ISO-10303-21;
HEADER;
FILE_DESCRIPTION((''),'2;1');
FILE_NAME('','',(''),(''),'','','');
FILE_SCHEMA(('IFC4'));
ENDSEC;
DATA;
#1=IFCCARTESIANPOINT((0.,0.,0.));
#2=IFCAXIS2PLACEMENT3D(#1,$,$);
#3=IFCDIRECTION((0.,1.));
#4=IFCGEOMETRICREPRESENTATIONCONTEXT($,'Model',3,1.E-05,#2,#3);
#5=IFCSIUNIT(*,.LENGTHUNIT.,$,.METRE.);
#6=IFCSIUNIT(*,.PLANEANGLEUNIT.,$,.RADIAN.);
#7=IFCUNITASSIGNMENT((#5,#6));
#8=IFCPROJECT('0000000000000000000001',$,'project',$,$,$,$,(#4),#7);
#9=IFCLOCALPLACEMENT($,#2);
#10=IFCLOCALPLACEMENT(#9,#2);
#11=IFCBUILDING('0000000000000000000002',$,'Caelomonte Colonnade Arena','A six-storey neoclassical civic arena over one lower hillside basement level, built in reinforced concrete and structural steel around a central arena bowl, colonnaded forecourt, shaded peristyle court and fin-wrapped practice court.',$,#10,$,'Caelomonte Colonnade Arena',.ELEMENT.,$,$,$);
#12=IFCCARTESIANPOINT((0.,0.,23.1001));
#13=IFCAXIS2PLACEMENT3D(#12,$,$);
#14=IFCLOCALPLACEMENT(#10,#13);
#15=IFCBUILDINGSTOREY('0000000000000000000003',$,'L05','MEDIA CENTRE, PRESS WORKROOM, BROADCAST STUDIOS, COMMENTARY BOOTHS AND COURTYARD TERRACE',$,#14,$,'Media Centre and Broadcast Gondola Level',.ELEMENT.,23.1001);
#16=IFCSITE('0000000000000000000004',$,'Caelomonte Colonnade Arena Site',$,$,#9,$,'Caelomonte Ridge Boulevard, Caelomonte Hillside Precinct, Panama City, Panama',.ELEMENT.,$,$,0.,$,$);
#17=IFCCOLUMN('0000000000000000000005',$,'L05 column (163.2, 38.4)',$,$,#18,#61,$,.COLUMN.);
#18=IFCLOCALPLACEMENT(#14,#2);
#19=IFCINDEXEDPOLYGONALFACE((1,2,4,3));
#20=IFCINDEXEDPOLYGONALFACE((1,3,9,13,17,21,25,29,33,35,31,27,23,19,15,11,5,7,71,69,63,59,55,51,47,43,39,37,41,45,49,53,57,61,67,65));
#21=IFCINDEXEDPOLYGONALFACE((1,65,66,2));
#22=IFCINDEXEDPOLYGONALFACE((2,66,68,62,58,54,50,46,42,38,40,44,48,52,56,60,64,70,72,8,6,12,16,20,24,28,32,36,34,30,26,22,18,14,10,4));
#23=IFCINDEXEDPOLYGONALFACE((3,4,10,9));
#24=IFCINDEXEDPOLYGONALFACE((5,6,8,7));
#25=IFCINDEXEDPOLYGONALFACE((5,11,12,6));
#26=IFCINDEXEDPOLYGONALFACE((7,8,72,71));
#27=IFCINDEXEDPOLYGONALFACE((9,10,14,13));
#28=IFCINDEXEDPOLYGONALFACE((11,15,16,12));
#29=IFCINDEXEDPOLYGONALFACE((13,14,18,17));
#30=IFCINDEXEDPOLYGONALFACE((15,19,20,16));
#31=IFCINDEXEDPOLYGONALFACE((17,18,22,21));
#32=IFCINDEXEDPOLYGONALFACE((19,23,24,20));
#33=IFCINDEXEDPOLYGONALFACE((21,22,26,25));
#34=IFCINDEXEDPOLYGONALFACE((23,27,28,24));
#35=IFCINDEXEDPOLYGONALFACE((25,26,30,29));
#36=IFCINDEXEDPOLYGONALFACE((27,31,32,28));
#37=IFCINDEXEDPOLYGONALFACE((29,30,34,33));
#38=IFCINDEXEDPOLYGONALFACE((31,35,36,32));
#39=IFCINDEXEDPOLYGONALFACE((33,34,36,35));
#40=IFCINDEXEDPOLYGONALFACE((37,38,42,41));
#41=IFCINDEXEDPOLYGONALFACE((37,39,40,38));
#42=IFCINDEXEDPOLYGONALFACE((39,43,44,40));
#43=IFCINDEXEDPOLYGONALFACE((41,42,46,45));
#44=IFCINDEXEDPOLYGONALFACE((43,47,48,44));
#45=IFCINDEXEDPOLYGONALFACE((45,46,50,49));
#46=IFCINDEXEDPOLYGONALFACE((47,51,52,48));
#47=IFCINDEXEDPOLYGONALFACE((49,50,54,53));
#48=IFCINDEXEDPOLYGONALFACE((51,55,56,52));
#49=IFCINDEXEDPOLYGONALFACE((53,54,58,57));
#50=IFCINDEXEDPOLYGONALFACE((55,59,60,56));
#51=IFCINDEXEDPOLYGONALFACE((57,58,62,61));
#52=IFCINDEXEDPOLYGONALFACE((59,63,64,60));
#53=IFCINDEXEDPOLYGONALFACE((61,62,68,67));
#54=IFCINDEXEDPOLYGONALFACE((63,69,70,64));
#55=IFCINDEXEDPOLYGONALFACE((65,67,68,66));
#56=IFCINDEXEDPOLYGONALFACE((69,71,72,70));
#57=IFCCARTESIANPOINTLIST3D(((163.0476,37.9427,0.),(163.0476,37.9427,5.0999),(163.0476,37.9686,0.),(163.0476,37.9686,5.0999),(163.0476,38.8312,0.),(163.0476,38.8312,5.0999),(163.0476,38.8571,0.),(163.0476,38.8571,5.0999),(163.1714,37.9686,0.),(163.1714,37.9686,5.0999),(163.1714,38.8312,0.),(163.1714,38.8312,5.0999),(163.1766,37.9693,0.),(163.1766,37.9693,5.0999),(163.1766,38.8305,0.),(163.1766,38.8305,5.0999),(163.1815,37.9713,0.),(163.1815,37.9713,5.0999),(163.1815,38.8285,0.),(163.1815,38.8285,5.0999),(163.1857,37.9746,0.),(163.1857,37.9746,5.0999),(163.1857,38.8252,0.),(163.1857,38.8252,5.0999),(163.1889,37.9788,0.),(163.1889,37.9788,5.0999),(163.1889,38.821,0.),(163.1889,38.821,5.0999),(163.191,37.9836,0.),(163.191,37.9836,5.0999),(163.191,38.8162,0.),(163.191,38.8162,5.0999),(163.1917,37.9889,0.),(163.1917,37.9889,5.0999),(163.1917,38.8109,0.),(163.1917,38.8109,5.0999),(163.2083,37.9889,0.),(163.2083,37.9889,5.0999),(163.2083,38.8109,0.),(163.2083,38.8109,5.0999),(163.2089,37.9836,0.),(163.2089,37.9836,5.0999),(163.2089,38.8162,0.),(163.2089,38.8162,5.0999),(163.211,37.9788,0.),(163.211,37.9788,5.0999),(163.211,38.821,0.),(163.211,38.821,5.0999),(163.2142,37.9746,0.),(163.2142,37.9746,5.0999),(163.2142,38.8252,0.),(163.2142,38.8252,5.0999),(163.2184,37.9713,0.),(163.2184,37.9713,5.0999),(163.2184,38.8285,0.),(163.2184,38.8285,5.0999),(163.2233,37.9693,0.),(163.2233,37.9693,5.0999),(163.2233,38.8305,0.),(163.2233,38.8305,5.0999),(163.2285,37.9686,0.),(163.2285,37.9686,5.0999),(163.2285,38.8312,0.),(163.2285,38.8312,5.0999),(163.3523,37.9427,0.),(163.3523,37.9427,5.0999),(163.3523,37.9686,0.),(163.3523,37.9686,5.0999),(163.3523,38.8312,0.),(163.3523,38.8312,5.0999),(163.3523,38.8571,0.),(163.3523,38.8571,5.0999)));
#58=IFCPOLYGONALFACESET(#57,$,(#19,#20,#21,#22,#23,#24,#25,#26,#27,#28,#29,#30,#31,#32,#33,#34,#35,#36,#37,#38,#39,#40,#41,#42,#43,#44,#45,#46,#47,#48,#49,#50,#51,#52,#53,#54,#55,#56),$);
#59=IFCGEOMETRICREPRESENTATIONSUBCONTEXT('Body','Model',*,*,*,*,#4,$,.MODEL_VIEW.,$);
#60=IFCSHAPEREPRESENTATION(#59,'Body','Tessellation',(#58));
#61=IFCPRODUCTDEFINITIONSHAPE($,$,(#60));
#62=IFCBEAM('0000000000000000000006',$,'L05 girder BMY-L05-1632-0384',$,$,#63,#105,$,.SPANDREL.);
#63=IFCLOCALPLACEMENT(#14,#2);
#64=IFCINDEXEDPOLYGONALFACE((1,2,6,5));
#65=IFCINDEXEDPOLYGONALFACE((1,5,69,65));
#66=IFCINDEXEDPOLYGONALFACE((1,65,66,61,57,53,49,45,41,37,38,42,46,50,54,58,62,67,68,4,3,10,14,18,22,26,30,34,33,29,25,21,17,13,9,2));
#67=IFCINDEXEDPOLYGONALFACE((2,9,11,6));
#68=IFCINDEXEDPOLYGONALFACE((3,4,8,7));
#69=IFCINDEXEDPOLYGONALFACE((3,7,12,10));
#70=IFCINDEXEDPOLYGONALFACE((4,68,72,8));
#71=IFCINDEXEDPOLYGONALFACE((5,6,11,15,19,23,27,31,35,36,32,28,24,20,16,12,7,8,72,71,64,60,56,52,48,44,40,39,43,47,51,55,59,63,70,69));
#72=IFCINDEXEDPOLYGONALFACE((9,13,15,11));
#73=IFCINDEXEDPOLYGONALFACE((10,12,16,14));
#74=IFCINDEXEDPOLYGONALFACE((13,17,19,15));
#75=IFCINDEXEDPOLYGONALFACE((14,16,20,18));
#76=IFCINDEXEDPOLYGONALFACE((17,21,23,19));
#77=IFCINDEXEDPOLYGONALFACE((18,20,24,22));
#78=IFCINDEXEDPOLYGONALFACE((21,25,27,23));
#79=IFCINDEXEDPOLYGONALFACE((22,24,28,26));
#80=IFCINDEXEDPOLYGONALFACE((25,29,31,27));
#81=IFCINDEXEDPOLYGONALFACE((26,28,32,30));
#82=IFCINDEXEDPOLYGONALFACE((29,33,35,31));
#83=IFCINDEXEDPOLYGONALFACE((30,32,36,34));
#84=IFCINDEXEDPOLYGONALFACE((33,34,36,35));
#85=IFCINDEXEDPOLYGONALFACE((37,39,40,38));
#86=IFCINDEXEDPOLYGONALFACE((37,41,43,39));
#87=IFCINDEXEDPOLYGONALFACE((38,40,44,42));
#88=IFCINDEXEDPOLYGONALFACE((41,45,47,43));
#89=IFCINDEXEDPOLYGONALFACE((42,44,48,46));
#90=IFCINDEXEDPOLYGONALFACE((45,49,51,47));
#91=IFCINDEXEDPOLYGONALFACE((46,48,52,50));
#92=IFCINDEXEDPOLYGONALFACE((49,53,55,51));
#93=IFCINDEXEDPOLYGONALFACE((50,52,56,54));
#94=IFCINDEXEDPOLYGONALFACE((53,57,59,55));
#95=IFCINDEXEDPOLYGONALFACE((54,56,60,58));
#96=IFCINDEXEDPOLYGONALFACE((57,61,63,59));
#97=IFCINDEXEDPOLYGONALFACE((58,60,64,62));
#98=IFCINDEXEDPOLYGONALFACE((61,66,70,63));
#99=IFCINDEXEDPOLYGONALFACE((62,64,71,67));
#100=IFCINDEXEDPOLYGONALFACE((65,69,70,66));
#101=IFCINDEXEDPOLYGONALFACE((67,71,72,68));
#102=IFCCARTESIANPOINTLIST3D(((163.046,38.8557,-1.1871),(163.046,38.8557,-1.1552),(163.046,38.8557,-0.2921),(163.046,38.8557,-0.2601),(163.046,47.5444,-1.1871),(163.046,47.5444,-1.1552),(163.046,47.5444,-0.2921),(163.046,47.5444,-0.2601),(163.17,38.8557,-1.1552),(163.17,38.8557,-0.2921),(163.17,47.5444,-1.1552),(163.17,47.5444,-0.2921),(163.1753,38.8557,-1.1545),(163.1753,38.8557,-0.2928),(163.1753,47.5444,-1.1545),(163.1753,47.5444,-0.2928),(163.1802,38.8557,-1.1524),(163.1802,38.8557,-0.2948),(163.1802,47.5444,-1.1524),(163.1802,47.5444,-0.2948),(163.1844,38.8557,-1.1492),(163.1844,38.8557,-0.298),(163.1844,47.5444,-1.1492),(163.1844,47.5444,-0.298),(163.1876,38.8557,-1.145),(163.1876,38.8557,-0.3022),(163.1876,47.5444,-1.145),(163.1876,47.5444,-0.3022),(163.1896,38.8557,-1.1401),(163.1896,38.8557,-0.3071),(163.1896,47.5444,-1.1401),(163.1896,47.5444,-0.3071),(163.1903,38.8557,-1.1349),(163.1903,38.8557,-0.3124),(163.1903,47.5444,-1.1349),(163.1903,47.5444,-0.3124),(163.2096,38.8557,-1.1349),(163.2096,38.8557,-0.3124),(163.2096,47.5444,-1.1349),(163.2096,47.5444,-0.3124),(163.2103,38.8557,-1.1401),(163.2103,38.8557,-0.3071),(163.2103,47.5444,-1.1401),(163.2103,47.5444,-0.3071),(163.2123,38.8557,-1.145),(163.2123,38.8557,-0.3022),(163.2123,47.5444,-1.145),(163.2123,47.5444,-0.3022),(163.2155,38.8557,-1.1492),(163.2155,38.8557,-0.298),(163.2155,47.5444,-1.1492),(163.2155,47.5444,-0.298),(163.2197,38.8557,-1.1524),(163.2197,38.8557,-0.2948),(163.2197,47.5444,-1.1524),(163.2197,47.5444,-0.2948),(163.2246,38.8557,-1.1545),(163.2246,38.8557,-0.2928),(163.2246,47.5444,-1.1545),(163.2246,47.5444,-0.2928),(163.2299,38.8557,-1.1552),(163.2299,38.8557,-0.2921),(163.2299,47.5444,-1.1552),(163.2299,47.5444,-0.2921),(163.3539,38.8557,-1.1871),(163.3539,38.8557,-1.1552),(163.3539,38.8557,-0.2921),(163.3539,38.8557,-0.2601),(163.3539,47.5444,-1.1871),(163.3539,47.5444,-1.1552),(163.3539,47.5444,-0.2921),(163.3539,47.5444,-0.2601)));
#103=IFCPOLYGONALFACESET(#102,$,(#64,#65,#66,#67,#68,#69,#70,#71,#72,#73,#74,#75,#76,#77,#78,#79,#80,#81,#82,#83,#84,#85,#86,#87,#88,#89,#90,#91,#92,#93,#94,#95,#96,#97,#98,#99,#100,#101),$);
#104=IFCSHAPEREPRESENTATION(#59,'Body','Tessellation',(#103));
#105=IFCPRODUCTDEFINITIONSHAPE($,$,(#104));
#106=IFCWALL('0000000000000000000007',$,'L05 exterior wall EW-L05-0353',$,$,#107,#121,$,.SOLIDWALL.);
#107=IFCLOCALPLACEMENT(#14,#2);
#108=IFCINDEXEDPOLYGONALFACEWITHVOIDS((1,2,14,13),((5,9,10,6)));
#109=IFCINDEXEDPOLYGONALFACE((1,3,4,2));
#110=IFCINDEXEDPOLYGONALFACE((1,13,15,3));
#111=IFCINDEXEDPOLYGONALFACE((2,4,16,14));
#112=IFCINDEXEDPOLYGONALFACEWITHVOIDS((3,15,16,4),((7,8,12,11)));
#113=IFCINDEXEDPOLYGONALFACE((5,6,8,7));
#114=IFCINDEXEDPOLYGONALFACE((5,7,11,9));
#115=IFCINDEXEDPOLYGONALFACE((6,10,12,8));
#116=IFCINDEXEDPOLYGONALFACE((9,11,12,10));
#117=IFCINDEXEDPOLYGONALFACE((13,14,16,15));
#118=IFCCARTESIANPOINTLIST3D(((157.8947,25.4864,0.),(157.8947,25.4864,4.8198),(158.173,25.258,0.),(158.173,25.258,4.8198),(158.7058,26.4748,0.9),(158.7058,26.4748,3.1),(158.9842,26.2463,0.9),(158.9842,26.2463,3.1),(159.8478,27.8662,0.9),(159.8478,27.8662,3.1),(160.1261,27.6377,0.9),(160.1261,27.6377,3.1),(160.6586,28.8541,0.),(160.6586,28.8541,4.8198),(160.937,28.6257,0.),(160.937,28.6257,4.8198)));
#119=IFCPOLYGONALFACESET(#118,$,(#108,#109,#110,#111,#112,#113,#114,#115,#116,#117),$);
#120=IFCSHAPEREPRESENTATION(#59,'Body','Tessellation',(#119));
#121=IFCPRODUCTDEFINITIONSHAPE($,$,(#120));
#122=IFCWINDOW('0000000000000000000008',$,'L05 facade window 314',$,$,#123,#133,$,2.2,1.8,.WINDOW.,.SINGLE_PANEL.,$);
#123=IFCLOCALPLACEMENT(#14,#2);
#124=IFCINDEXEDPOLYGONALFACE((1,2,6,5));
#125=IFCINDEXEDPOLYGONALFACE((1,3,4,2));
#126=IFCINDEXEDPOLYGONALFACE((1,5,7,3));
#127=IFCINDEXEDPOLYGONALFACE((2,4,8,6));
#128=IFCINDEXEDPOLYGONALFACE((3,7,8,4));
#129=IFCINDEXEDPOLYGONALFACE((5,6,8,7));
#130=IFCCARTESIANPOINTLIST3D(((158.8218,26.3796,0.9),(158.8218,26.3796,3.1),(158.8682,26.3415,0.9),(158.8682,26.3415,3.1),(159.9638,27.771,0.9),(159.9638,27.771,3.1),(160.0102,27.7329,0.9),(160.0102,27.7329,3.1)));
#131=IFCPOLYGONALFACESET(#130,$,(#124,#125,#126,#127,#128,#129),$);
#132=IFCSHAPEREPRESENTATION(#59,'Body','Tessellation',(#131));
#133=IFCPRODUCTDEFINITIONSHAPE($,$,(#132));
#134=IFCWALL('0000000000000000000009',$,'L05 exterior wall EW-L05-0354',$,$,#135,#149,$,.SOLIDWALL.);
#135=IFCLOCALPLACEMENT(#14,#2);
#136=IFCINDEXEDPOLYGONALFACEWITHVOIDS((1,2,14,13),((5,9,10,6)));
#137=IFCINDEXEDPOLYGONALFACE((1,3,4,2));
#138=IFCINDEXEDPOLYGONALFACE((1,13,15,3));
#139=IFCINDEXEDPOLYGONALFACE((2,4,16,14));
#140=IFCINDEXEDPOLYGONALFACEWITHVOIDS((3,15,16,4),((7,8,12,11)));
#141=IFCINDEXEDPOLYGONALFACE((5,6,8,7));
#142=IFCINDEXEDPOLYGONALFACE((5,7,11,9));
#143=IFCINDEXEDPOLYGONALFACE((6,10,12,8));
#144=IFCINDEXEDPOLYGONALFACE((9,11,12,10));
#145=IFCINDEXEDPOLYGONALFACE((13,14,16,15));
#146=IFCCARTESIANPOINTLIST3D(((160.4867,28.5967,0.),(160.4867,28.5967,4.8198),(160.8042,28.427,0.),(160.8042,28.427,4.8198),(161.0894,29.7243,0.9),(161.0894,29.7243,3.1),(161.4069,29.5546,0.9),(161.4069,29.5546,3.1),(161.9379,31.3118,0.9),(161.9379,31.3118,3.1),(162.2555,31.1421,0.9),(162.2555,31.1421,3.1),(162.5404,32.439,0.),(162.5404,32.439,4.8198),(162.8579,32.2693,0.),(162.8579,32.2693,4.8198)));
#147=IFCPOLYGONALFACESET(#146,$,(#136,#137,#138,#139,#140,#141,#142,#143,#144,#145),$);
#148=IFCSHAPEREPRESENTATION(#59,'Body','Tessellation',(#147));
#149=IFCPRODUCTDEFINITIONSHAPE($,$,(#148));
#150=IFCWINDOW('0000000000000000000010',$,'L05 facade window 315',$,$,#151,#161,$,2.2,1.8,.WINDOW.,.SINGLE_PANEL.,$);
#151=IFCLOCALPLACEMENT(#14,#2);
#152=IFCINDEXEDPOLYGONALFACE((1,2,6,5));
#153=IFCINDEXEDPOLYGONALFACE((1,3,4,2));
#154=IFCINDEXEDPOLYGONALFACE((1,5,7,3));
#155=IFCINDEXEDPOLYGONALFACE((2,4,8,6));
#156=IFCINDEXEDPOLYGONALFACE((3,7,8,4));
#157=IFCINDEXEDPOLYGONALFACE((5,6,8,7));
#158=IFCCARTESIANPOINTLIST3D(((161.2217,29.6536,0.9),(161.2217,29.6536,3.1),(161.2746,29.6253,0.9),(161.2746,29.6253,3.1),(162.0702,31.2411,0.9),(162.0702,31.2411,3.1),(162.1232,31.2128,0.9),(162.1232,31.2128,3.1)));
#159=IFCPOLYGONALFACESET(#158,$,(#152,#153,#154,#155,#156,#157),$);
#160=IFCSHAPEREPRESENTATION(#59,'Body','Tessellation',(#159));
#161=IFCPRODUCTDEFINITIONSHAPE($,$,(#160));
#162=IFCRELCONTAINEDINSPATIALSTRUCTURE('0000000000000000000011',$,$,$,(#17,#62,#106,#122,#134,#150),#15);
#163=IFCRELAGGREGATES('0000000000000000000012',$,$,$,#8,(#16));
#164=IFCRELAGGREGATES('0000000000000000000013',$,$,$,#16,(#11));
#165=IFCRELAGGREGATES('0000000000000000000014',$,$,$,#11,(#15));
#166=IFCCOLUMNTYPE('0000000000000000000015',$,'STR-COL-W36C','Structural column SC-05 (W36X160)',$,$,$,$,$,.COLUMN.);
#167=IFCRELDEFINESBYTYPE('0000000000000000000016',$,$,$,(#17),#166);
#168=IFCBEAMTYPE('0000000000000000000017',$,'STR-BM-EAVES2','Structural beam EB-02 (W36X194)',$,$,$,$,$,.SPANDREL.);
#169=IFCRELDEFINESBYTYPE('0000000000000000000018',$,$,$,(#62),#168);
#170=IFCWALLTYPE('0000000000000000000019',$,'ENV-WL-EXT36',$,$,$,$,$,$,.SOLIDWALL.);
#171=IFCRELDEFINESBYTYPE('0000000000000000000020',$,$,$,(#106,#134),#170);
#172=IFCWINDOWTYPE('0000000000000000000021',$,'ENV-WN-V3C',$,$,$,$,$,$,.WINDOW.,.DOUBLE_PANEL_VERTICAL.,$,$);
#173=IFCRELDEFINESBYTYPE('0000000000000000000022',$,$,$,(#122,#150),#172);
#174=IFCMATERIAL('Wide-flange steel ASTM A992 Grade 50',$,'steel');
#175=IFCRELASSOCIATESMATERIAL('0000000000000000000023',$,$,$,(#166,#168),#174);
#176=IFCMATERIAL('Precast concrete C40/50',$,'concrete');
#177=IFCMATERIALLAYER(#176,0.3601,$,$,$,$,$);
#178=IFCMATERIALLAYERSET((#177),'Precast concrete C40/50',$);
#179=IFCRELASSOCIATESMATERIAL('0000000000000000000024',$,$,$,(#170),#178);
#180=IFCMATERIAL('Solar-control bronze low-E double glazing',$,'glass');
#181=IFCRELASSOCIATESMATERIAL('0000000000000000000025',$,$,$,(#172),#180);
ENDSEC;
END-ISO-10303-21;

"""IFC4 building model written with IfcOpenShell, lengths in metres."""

from ifc_helpers import new_model, si_unit, direction, frame, frame_2d, origin, origin_2d, place, context, subcontext, project, spatial, rectangle, i_section, extrude, material, layer, layer_set, material_profile, profile_set, type_object, element, fill, save


model = new_model("IFC4")

# Units and contexts
model_context = context("Model", 3, precision=1e-05, world=origin(), true_north=direction((0.0, 1.0)))
body_context = subcontext(model_context, "Body", "Model", "MODEL_VIEW")
ifc_project = project(units=[si_unit("LENGTHUNIT", "METRE"), si_unit("PLANEANGLEUNIT", "RADIAN")], contexts=[model_context])

# Site, building, storey
site_placement = place(None, origin())
site = spatial("IfcSite", under=ifc_project, at=site_placement, Name="Caelomonte Colonnade Arena Site", LongName="Caelomonte Ridge Boulevard, Caelomonte Hillside Precinct, Panama City, Panama", CompositionType="ELEMENT", RefElevation=0.0)
building_placement = place(site_placement, origin())
building = spatial("IfcBuilding", under=site, at=building_placement, Name="Caelomonte Colonnade Arena", Description="A six-storey neoclassical civic arena over one lower hillside basement level, built in reinforced concrete and structural steel around a central arena bowl, colonnaded forecourt, shaded peristyle court and fin-wrapped practice court.", LongName="Caelomonte Colonnade Arena", CompositionType="ELEMENT")
storey_placement = place(building_placement, frame((0.0, 0.0, 23.1001)))
storey = spatial("IfcBuildingStorey", under=building, at=storey_placement, Name="L05", Description="MEDIA CENTRE, PRESS WORKROOM, BROADCAST STUDIOS, COMMENTARY BOOTHS AND COURTYARD TERRACE", LongName="Media Centre and Broadcast Gondola Level", CompositionType="ELEMENT", Elevation=23.1001)

# Column
ifc_material_1 = material(Name="Wide-flange steel ASTM A992 Grade 50", Category="steel")
ifc_material_profile_1 = material_profile(ifc_material_1, i_section(OverallWidth=0.3047, OverallDepth=0.9143, WebThickness=0.0166, FlangeThickness=0.0259, FilletRadius=0.0203, at=origin_2d()), Name="W36X160")
ifc_profile_set_1 = profile_set([ifc_material_profile_1], Name="Wide-flange steel ASTM A992 Grade 50")
column_type = type_object("IfcColumnType", Name="STR-COL-W36C", Description="Structural column SC-05 (W36X160)", PredefinedType="COLUMN", material=ifc_profile_set_1)
column_placement = place(storey_placement, frame((163.2, 38.3999, 0.0), z_axis=(0.0, 0.0, 1.0), x_axis=(1.0, 0.0, 0.0)))
element("IfcColumn", 1, at=column_placement, inside=storey, type_object=column_type, Name="L05 column (163.2, 38.4)", PredefinedType="COLUMN", context=body_context, shape_type="SweptSolid", body=[
    extrude(i_section(OverallWidth=0.3047, OverallDepth=0.9143, WebThickness=0.0166, FlangeThickness=0.0259, FilletRadius=0.0203, at=origin_2d()), origin(), (0.0, 0.0, 1.0), 5.0999),
])

# Beam
ifc_material_profile_2 = material_profile(ifc_material_1, i_section(OverallWidth=0.3079, OverallDepth=0.927, WebThickness=0.0193, FlangeThickness=0.032, FilletRadius=0.0203, at=origin_2d()), Name="W36X194")
ifc_profile_set_2 = profile_set([ifc_material_profile_2], Name="Wide-flange steel ASTM A992 Grade 50")
beam_type = type_object("IfcBeamType", Name="STR-BM-EAVES2", Description="Structural beam EB-02 (W36X194)", PredefinedType="SPANDREL", material=ifc_profile_set_2)
beam_placement = place(storey_placement, frame((163.2, 38.8557, -0.7236), z_axis=(0.0, 1.0, 0.0), x_axis=(-1.0, 0.0, 0.0)))
element("IfcBeam", 2, at=beam_placement, inside=storey, type_object=beam_type, Name="L05 girder BMY-L05-1632-0384", PredefinedType="SPANDREL", context=body_context, shape_type="SweptSolid", body=[
    extrude(i_section(OverallWidth=0.3079, OverallDepth=0.927, WebThickness=0.0193, FlangeThickness=0.032, FilletRadius=0.0203, at=origin_2d()), origin(), (0.0, 0.0, 1.0), 8.6887),
])

# Walls, openings, windows
ifc_material_2 = material(Name="Precast concrete C40/50", Category="concrete")
ifc_layer_1 = layer(ifc_material_2, 0.3601)
ifc_layer_set_1 = layer_set([ifc_layer_1], Name="Precast concrete C40/50")
wall_type_1 = type_object("IfcWallType", Name="ENV-WL-EXT36", PredefinedType="SOLIDWALL", material=ifc_layer_set_1)
wall_1_placement = place(storey_placement, frame((158.0339, 25.3723, 0.0), z_axis=(0.0, 0.0, 1.0), x_axis=(0.634412, 0.772995, 0.0)))
wall_1 = element("IfcWall", 3, at=wall_1_placement, inside=storey, type_object=wall_type_1, Name="L05 exterior wall EW-L05-0353", PredefinedType="SOLIDWALL", context=body_context, shape_type="SweptSolid", body=[
    extrude(rectangle(XDim=4.3567, YDim=0.3601, at=frame_2d((2.1782, 0.0))), origin(), (0.0, 0.0, 1.0), 4.8198),
])
opening_1_placement = place(wall_1_placement, frame((3.0784, 0.0, 0.8999), z_axis=(0.0, 0.0, 1.0), x_axis=(-1.0, 0.0, 0.0)))
opening_1 = element("IfcOpeningElement", 4, at=opening_1_placement, cuts=wall_1, PredefinedType="OPENING", context=body_context, shape_type="SweptSolid", body=[
    extrude(rectangle(XDim=1.8, YDim=2.2, at=frame_2d((0.8999, 1.1001))), frame((0.0, 0.1899, 0.0), z_axis=(0.0, -1.0, 0.0), x_axis=(1.0, 0.0, 0.0)), (0.0, 0.0, 1.0), 0.3801),
])
ifc_material_3 = material(Name="Solar-control bronze low-E double glazing", Category="glass")
window_type = type_object("IfcWindowType", Name="ENV-WN-V3C", PartitioningType="DOUBLE_PANEL_VERTICAL", PredefinedType="WINDOW", material=ifc_material_3)
window_1_placement = place(opening_1_placement, origin())
window_1 = element("IfcWindow", 5, at=window_1_placement, inside=storey, type_object=window_type, Name="L05 facade window 314", OverallHeight=2.2, OverallWidth=1.8, PartitioningType="SINGLE_PANEL", PredefinedType="WINDOW", context=body_context, shape_type="SweptSolid", body=[
    extrude(rectangle(XDim=1.8, YDim=2.2, at=frame_2d((0.8999, 1.1001))), frame((0.0, 0.03, 0.0), z_axis=(0.0, -1.0, 0.0), x_axis=(1.0, 0.0, 0.0)), (0.0, 0.0, 1.0), 0.0601),
])
fill(opening_1, window_1)
wall_2_placement = place(storey_placement, frame((160.6455, 28.512, 0.0), z_axis=(0.0, 0.0, 1.0), x_axis=(0.471391, 0.881924, 0.0)))
wall_2 = element("IfcWall", 6, at=wall_2_placement, inside=storey, type_object=wall_type_1, Name="L05 exterior wall EW-L05-0354", PredefinedType="SOLIDWALL", context=body_context, shape_type="SweptSolid", body=[
    extrude(rectangle(XDim=4.3567, YDim=0.3601, at=frame_2d((2.1782, 0.0))), origin(), (0.0, 0.0, 1.0), 4.8198),
])
opening_2_placement = place(wall_2_placement, frame((3.0784, 0.0, 0.8999), z_axis=(0.0, 0.0, 1.0), x_axis=(-1.0, 0.0, 0.0)))
opening_2 = element("IfcOpeningElement", 7, at=opening_2_placement, cuts=wall_2, PredefinedType="OPENING", context=body_context, shape_type="SweptSolid", body=[
    extrude(rectangle(XDim=1.8, YDim=2.2, at=frame_2d((0.8999, 1.1001))), frame((0.0, 0.1899, 0.0), z_axis=(0.0, -1.0, 0.0), x_axis=(1.0, 0.0, 0.0)), (0.0, 0.0, 1.0), 0.3801),
])
window_2_placement = place(opening_2_placement, origin())
window_2 = element("IfcWindow", 8, at=window_2_placement, inside=storey, type_object=window_type, Name="L05 facade window 315", OverallHeight=2.2, OverallWidth=1.8, PartitioningType="SINGLE_PANEL", PredefinedType="WINDOW", context=body_context, shape_type="SweptSolid", body=[
    extrude(rectangle(XDim=1.8, YDim=2.2, at=frame_2d((0.8999, 1.1001))), frame((0.0, 0.03, 0.0), z_axis=(0.0, -1.0, 0.0), x_axis=(1.0, 0.0, 0.0)), (0.0, 0.0, 1.0), 0.0601),
])
fill(opening_2, window_2)

save(model, "model.ifc")
